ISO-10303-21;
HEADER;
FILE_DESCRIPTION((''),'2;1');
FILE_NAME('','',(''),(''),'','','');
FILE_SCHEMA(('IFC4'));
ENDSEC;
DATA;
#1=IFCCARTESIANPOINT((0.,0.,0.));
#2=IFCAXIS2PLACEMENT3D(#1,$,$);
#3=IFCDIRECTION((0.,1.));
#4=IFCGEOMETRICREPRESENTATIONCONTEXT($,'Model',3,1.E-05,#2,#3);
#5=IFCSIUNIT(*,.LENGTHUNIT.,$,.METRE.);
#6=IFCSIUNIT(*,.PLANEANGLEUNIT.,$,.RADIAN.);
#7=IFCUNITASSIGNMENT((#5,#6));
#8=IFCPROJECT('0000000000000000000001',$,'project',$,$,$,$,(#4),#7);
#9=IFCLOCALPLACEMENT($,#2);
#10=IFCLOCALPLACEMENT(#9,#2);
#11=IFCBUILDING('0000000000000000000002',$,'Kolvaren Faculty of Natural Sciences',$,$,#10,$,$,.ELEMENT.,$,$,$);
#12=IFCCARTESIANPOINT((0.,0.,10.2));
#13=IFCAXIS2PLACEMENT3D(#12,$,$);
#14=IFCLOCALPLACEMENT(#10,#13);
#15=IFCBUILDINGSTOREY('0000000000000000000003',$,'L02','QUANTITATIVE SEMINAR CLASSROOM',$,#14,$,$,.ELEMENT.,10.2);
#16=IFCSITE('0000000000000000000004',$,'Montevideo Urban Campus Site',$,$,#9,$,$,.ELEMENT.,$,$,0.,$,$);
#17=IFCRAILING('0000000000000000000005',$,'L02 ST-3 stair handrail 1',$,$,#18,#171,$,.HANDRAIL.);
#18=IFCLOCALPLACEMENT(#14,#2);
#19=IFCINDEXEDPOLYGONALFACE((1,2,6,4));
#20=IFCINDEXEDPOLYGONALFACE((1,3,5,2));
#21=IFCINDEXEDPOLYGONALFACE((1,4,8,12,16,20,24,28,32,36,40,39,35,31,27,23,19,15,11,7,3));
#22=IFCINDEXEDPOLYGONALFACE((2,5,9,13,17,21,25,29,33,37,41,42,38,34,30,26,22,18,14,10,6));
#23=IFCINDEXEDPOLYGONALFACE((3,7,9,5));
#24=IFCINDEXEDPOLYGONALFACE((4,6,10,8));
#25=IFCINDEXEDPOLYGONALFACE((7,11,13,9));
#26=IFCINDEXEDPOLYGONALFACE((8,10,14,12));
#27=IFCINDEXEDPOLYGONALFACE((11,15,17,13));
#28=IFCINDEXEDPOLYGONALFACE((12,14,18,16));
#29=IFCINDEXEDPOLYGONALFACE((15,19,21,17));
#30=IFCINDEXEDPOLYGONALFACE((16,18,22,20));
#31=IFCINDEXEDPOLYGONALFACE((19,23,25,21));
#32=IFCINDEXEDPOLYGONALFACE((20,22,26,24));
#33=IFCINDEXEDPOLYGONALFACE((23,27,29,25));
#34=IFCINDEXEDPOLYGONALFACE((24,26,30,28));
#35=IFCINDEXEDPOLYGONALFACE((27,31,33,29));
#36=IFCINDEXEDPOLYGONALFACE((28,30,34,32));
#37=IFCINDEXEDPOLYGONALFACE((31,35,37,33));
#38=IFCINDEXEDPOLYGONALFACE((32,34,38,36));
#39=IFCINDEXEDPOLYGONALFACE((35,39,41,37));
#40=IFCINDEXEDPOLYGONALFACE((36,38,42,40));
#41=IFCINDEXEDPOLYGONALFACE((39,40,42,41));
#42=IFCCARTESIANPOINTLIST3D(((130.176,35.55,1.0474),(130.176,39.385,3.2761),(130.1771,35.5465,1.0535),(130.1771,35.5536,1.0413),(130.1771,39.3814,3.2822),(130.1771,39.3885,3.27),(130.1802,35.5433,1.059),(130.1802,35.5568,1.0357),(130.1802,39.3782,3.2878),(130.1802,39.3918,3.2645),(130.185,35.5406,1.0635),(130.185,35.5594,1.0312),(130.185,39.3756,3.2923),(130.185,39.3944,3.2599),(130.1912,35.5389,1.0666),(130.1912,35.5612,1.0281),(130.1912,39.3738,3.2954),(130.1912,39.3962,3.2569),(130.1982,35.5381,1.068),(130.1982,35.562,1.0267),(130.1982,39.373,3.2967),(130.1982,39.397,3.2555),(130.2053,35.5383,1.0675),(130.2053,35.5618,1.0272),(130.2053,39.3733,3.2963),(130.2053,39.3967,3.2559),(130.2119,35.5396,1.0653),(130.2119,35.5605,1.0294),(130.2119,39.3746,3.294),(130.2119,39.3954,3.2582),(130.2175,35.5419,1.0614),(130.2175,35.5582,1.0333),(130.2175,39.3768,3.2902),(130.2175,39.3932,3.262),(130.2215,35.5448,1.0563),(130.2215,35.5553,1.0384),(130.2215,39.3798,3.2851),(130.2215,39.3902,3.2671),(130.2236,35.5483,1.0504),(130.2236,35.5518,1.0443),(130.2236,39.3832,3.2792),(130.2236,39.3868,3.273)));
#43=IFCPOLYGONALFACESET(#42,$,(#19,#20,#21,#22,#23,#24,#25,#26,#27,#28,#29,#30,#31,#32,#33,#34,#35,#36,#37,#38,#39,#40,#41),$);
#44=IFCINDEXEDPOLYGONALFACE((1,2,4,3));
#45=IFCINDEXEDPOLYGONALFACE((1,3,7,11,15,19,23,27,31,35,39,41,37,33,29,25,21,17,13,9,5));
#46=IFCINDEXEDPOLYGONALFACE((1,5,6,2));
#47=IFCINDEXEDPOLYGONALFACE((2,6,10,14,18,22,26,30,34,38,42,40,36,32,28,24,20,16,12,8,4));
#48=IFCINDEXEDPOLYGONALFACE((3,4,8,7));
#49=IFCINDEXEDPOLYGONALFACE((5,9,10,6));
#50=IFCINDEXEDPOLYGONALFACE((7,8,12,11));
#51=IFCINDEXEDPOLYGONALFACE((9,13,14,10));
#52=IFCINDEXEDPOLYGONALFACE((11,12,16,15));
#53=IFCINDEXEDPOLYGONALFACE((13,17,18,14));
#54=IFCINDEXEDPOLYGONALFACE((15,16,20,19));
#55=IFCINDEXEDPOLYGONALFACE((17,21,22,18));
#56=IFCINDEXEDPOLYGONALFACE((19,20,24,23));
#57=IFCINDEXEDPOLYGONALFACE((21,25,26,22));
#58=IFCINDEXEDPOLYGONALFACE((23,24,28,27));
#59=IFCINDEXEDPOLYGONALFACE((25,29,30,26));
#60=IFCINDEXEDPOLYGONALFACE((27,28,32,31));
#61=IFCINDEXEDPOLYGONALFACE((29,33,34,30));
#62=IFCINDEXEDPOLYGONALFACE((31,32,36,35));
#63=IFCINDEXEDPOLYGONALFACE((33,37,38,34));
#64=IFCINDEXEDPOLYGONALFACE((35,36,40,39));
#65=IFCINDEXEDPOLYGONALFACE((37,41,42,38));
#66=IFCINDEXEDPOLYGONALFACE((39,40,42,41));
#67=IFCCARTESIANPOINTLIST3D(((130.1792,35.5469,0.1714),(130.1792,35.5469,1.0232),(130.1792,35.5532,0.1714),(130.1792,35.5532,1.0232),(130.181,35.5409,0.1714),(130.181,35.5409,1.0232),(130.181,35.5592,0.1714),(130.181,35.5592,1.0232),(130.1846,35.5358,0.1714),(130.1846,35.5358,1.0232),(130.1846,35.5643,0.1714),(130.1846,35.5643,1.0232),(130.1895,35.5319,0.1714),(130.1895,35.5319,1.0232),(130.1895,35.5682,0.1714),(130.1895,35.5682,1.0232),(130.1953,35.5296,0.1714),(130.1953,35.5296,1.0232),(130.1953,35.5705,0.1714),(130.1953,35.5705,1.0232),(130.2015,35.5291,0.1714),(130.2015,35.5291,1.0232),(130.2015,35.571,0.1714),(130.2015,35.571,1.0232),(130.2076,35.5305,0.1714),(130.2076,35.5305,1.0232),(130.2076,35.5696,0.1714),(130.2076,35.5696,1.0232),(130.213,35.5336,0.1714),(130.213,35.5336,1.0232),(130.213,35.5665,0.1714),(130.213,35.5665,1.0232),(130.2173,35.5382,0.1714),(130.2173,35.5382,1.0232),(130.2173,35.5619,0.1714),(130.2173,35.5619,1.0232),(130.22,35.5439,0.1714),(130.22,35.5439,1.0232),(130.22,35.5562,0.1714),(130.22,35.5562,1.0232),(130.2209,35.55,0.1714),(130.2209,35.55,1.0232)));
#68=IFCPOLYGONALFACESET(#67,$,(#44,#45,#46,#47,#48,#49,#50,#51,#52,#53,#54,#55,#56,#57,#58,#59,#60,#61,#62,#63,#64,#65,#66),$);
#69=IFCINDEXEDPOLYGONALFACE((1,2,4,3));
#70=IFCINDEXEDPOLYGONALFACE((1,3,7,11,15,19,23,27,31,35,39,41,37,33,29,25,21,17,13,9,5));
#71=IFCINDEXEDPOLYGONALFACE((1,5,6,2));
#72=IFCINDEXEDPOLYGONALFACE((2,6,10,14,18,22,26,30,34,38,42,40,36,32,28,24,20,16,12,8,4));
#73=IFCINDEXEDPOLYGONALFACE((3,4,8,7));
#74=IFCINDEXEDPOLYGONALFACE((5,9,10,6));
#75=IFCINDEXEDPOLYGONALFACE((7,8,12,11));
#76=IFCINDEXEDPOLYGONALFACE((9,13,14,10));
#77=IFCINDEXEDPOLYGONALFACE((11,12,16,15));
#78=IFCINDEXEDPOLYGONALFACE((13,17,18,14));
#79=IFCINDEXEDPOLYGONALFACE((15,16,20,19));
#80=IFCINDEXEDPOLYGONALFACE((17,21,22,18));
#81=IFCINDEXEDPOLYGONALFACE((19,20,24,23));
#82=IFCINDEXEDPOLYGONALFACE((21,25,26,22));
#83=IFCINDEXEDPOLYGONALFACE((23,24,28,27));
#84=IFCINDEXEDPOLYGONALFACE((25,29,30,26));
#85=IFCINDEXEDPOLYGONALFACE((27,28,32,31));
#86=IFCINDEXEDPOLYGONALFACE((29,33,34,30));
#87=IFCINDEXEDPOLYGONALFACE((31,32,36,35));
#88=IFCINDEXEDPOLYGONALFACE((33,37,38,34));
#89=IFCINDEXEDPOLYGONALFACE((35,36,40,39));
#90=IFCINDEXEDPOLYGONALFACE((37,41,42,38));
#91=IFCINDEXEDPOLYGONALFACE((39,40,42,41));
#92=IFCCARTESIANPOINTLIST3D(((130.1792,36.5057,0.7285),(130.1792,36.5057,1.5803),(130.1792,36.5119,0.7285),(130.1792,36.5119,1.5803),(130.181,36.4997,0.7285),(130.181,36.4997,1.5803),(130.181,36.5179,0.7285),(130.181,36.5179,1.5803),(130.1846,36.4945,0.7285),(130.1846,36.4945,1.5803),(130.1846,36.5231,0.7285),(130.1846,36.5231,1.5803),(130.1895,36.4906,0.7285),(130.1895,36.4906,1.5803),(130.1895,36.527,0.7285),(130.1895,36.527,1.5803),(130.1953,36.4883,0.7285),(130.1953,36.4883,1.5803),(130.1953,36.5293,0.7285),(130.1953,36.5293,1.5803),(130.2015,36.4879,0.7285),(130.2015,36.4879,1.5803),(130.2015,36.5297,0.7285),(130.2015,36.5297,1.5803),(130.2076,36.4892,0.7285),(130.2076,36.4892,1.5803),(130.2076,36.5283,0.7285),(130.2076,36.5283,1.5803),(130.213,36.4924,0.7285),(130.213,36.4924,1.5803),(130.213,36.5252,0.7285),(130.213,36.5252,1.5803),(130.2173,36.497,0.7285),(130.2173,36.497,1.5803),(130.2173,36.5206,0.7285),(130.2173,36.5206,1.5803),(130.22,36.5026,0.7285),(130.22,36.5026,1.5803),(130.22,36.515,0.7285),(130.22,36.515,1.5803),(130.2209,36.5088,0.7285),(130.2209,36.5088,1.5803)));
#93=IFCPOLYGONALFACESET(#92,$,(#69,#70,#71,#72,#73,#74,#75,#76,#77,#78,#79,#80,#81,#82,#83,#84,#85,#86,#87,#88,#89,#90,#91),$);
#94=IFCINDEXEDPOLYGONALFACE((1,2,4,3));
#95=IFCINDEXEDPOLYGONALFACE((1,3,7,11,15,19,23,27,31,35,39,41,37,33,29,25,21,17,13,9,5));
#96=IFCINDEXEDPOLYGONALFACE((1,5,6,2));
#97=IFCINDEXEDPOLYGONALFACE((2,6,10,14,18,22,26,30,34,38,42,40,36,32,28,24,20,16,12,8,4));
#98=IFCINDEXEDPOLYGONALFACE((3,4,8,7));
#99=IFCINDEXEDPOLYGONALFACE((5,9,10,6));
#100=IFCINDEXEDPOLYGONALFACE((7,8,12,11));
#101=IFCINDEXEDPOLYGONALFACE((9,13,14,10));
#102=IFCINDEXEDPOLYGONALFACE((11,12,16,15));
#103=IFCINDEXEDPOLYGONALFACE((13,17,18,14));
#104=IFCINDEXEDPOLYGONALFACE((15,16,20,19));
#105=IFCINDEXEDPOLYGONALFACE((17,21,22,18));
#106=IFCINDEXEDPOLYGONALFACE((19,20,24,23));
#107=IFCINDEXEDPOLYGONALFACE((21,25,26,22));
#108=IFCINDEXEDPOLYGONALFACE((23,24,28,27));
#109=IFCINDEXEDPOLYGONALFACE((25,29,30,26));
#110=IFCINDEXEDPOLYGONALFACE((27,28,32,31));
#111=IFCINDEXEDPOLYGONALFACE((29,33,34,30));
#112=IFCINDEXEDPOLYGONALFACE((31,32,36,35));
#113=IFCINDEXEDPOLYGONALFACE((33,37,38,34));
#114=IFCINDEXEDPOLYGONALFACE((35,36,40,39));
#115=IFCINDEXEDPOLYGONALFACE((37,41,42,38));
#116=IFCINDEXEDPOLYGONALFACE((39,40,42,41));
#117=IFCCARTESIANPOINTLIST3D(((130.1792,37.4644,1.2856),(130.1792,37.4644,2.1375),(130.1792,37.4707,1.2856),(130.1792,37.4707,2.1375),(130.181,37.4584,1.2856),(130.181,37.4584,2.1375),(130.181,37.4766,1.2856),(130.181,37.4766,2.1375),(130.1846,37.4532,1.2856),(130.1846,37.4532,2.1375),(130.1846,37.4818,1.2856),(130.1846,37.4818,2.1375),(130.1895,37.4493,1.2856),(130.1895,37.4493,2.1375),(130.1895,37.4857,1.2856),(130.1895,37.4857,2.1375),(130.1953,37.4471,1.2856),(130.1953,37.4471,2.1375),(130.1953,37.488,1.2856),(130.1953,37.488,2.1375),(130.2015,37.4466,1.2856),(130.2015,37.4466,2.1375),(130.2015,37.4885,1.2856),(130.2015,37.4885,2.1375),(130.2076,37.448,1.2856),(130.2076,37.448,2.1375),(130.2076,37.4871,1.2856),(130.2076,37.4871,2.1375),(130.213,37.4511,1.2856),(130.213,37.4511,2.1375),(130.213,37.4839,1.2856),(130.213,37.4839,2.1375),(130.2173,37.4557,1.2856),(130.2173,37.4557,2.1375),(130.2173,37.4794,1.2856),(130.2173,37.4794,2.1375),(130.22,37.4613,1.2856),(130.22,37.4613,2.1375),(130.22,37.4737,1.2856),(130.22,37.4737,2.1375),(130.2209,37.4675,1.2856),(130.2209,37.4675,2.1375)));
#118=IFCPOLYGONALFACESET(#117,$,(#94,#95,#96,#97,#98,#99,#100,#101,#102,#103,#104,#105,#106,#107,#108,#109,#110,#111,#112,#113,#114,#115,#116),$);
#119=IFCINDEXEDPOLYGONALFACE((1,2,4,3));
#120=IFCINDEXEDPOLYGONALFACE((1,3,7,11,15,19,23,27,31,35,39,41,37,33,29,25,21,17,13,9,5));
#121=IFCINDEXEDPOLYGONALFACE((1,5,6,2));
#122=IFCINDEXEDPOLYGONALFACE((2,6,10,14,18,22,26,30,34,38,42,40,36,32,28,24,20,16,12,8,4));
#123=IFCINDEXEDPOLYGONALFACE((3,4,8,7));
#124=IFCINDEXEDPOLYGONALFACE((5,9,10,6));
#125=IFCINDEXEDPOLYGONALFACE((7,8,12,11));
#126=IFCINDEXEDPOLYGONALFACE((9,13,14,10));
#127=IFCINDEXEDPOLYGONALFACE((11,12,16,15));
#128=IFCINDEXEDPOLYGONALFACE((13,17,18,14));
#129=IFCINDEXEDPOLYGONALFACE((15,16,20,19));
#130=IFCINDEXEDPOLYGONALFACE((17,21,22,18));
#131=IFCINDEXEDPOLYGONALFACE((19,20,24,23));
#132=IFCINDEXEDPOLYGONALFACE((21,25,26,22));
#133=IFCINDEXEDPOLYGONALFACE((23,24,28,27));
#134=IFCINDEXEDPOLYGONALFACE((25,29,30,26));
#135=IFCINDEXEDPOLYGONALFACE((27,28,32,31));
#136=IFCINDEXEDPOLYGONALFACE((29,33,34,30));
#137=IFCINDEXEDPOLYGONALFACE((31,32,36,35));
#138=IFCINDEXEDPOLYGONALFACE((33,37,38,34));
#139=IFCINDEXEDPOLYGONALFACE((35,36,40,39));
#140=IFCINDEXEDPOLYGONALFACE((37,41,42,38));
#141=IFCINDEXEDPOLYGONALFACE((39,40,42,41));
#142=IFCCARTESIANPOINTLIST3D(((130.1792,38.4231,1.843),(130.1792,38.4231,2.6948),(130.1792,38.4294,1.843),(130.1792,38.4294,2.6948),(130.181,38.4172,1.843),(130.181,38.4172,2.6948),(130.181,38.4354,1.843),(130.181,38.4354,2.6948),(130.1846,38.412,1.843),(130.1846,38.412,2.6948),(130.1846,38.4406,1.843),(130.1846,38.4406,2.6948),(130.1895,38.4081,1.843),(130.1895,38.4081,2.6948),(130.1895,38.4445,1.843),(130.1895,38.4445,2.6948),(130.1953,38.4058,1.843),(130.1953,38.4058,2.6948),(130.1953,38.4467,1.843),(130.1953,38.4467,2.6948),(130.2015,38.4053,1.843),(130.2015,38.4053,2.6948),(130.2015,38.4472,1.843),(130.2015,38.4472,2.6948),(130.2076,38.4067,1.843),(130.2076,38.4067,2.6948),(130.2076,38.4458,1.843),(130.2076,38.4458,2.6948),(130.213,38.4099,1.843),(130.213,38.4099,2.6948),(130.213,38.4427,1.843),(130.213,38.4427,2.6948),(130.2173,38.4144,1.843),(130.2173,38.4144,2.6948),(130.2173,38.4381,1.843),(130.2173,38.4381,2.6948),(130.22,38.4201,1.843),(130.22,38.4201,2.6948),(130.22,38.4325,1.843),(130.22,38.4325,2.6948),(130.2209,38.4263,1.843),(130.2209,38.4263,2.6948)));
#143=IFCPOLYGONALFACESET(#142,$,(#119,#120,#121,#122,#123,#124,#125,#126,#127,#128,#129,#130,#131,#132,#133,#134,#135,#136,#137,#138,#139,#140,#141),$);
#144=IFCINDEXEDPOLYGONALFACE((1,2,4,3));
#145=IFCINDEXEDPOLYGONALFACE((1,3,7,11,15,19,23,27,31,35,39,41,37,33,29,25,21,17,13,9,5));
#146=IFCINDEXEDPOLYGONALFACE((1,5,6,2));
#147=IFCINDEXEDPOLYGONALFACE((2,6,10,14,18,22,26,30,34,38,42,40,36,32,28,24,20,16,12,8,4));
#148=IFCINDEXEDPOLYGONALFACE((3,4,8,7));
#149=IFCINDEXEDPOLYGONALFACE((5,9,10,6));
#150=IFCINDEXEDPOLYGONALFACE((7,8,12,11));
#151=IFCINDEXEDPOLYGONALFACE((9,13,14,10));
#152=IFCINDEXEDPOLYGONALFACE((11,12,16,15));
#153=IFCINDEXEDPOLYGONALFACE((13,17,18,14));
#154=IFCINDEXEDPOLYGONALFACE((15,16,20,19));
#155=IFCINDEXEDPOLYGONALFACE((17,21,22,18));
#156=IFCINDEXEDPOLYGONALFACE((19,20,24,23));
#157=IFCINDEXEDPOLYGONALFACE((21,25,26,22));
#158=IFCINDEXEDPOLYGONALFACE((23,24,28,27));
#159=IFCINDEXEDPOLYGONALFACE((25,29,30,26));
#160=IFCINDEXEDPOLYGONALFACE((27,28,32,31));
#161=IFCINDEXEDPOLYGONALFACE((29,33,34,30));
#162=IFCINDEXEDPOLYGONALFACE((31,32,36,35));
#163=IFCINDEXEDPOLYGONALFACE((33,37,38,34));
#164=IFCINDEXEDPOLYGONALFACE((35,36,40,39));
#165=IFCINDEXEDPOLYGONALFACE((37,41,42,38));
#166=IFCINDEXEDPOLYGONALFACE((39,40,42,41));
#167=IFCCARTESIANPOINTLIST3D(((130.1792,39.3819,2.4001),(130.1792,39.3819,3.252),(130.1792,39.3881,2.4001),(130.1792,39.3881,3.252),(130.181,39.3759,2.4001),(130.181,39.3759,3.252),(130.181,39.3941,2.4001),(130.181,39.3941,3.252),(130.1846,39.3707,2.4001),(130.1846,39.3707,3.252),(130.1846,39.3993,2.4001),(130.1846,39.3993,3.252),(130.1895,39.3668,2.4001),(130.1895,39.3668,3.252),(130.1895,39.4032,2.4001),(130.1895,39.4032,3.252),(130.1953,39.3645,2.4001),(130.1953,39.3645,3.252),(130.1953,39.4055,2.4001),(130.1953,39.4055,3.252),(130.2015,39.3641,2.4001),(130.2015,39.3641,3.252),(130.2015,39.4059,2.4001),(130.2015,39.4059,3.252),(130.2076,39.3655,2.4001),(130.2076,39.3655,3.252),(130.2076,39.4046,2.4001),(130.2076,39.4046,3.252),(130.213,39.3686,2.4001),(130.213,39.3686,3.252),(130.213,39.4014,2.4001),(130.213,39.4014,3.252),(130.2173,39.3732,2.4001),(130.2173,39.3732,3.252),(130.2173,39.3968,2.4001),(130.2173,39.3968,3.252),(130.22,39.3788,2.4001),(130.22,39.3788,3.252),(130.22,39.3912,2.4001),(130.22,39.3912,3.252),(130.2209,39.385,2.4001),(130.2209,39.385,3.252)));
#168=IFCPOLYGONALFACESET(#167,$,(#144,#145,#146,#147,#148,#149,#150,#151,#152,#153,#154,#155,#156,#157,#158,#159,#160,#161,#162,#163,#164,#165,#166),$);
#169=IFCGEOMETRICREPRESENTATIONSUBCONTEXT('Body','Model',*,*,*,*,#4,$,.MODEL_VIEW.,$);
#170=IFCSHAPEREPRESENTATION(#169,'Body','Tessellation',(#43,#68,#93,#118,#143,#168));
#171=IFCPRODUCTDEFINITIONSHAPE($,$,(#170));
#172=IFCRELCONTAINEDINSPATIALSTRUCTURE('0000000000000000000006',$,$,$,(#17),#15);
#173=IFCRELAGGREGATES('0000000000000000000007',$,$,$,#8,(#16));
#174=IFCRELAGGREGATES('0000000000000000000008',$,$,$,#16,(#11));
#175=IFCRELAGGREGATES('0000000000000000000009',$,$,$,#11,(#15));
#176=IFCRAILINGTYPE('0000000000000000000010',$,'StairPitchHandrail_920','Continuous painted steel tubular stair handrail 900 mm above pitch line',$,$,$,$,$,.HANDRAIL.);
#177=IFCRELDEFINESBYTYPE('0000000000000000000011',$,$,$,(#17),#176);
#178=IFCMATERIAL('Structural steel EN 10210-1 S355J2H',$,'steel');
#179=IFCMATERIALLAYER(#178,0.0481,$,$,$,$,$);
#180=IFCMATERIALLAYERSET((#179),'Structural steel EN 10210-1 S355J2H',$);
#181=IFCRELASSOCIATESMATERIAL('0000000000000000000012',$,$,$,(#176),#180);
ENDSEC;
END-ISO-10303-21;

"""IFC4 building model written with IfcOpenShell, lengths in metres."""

from ifc_helpers import new_model, si_unit, direction, frame, origin, origin_2d, place, context, subcontext, project, spatial, circle, extrude, material, layer, layer_set, type_object, element, save


model = new_model("IFC4")

# Units and contexts
model_context = context("Model", 3, precision=1e-05, world=origin(), true_north=direction((0.0, 1.0)))
body_context = subcontext(model_context, "Body", "Model", "MODEL_VIEW")
ifc_project = project(units=[si_unit("LENGTHUNIT", "METRE"), si_unit("PLANEANGLEUNIT", "RADIAN")], contexts=[model_context])

# Site, building, storey
site_placement = place(None, origin())
site = spatial("IfcSite", under=ifc_project, at=site_placement, Name="Montevideo Urban Campus Site", CompositionType="ELEMENT", RefElevation=0.0)
building_placement = place(site_placement, origin())
building = spatial("IfcBuilding", under=site, at=building_placement, Name="Kolvaren Faculty of Natural Sciences", CompositionType="ELEMENT")
storey_placement = place(building_placement, frame((0.0, 0.0, 10.2)))
storey = spatial("IfcBuildingStorey", under=building, at=storey_placement, Name="L02", Description="QUANTITATIVE SEMINAR CLASSROOM", CompositionType="ELEMENT", Elevation=10.2)

# Railing
ifc_material_1 = material(Name="Structural steel EN 10210-1 S355J2H", Category="steel")
ifc_layer_1 = layer(ifc_material_1, 0.0481)
ifc_layer_set_1 = layer_set([ifc_layer_1], Name="Structural steel EN 10210-1 S355J2H")
railing_type = type_object("IfcRailingType", Name="StairPitchHandrail_920", Description="Continuous painted steel tubular stair handrail 900 mm above pitch line", PredefinedType="HANDRAIL", material=ifc_layer_set_1)
railing_placement = place(storey_placement, frame((130.2, 35.55, 0.1714)))
element("IfcRailing", 1, at=railing_placement, inside=storey, type_object=railing_type, Name="L02 ST-3 stair handrail 1", PredefinedType="HANDRAIL", context=body_context, shape_type="SweptSolid", body=[
    extrude(circle(Radius=0.0239, at=origin_2d()), frame((0.0, 0.0, 0.876), z_axis=(0.0, 0.864592, 0.502474), x_axis=(-1.0, 0.0, 0.0)), (0.0, 0.0, 1.0), 4.4355),
    extrude(circle(Radius=0.021, at=origin_2d()), origin(), (0.0, 0.0, 1.0), 0.8518),
    extrude(circle(Radius=0.021, at=origin_2d()), frame((0.0, 0.9587, 0.5571)), (0.0, 0.0, 1.0), 0.8518),
    extrude(circle(Radius=0.021, at=origin_2d()), frame((0.0, 1.9175, 1.1143)), (0.0, 0.0, 1.0), 0.8518),
    extrude(circle(Radius=0.021, at=origin_2d()), frame((0.0, 2.8762, 1.6716)), (0.0, 0.0, 1.0), 0.8518),
    extrude(circle(Radius=0.021, at=origin_2d()), frame((0.0, 3.835, 2.2288)), (0.0, 0.0, 1.0), 0.8518),
])

save(model, "model.ifc")
